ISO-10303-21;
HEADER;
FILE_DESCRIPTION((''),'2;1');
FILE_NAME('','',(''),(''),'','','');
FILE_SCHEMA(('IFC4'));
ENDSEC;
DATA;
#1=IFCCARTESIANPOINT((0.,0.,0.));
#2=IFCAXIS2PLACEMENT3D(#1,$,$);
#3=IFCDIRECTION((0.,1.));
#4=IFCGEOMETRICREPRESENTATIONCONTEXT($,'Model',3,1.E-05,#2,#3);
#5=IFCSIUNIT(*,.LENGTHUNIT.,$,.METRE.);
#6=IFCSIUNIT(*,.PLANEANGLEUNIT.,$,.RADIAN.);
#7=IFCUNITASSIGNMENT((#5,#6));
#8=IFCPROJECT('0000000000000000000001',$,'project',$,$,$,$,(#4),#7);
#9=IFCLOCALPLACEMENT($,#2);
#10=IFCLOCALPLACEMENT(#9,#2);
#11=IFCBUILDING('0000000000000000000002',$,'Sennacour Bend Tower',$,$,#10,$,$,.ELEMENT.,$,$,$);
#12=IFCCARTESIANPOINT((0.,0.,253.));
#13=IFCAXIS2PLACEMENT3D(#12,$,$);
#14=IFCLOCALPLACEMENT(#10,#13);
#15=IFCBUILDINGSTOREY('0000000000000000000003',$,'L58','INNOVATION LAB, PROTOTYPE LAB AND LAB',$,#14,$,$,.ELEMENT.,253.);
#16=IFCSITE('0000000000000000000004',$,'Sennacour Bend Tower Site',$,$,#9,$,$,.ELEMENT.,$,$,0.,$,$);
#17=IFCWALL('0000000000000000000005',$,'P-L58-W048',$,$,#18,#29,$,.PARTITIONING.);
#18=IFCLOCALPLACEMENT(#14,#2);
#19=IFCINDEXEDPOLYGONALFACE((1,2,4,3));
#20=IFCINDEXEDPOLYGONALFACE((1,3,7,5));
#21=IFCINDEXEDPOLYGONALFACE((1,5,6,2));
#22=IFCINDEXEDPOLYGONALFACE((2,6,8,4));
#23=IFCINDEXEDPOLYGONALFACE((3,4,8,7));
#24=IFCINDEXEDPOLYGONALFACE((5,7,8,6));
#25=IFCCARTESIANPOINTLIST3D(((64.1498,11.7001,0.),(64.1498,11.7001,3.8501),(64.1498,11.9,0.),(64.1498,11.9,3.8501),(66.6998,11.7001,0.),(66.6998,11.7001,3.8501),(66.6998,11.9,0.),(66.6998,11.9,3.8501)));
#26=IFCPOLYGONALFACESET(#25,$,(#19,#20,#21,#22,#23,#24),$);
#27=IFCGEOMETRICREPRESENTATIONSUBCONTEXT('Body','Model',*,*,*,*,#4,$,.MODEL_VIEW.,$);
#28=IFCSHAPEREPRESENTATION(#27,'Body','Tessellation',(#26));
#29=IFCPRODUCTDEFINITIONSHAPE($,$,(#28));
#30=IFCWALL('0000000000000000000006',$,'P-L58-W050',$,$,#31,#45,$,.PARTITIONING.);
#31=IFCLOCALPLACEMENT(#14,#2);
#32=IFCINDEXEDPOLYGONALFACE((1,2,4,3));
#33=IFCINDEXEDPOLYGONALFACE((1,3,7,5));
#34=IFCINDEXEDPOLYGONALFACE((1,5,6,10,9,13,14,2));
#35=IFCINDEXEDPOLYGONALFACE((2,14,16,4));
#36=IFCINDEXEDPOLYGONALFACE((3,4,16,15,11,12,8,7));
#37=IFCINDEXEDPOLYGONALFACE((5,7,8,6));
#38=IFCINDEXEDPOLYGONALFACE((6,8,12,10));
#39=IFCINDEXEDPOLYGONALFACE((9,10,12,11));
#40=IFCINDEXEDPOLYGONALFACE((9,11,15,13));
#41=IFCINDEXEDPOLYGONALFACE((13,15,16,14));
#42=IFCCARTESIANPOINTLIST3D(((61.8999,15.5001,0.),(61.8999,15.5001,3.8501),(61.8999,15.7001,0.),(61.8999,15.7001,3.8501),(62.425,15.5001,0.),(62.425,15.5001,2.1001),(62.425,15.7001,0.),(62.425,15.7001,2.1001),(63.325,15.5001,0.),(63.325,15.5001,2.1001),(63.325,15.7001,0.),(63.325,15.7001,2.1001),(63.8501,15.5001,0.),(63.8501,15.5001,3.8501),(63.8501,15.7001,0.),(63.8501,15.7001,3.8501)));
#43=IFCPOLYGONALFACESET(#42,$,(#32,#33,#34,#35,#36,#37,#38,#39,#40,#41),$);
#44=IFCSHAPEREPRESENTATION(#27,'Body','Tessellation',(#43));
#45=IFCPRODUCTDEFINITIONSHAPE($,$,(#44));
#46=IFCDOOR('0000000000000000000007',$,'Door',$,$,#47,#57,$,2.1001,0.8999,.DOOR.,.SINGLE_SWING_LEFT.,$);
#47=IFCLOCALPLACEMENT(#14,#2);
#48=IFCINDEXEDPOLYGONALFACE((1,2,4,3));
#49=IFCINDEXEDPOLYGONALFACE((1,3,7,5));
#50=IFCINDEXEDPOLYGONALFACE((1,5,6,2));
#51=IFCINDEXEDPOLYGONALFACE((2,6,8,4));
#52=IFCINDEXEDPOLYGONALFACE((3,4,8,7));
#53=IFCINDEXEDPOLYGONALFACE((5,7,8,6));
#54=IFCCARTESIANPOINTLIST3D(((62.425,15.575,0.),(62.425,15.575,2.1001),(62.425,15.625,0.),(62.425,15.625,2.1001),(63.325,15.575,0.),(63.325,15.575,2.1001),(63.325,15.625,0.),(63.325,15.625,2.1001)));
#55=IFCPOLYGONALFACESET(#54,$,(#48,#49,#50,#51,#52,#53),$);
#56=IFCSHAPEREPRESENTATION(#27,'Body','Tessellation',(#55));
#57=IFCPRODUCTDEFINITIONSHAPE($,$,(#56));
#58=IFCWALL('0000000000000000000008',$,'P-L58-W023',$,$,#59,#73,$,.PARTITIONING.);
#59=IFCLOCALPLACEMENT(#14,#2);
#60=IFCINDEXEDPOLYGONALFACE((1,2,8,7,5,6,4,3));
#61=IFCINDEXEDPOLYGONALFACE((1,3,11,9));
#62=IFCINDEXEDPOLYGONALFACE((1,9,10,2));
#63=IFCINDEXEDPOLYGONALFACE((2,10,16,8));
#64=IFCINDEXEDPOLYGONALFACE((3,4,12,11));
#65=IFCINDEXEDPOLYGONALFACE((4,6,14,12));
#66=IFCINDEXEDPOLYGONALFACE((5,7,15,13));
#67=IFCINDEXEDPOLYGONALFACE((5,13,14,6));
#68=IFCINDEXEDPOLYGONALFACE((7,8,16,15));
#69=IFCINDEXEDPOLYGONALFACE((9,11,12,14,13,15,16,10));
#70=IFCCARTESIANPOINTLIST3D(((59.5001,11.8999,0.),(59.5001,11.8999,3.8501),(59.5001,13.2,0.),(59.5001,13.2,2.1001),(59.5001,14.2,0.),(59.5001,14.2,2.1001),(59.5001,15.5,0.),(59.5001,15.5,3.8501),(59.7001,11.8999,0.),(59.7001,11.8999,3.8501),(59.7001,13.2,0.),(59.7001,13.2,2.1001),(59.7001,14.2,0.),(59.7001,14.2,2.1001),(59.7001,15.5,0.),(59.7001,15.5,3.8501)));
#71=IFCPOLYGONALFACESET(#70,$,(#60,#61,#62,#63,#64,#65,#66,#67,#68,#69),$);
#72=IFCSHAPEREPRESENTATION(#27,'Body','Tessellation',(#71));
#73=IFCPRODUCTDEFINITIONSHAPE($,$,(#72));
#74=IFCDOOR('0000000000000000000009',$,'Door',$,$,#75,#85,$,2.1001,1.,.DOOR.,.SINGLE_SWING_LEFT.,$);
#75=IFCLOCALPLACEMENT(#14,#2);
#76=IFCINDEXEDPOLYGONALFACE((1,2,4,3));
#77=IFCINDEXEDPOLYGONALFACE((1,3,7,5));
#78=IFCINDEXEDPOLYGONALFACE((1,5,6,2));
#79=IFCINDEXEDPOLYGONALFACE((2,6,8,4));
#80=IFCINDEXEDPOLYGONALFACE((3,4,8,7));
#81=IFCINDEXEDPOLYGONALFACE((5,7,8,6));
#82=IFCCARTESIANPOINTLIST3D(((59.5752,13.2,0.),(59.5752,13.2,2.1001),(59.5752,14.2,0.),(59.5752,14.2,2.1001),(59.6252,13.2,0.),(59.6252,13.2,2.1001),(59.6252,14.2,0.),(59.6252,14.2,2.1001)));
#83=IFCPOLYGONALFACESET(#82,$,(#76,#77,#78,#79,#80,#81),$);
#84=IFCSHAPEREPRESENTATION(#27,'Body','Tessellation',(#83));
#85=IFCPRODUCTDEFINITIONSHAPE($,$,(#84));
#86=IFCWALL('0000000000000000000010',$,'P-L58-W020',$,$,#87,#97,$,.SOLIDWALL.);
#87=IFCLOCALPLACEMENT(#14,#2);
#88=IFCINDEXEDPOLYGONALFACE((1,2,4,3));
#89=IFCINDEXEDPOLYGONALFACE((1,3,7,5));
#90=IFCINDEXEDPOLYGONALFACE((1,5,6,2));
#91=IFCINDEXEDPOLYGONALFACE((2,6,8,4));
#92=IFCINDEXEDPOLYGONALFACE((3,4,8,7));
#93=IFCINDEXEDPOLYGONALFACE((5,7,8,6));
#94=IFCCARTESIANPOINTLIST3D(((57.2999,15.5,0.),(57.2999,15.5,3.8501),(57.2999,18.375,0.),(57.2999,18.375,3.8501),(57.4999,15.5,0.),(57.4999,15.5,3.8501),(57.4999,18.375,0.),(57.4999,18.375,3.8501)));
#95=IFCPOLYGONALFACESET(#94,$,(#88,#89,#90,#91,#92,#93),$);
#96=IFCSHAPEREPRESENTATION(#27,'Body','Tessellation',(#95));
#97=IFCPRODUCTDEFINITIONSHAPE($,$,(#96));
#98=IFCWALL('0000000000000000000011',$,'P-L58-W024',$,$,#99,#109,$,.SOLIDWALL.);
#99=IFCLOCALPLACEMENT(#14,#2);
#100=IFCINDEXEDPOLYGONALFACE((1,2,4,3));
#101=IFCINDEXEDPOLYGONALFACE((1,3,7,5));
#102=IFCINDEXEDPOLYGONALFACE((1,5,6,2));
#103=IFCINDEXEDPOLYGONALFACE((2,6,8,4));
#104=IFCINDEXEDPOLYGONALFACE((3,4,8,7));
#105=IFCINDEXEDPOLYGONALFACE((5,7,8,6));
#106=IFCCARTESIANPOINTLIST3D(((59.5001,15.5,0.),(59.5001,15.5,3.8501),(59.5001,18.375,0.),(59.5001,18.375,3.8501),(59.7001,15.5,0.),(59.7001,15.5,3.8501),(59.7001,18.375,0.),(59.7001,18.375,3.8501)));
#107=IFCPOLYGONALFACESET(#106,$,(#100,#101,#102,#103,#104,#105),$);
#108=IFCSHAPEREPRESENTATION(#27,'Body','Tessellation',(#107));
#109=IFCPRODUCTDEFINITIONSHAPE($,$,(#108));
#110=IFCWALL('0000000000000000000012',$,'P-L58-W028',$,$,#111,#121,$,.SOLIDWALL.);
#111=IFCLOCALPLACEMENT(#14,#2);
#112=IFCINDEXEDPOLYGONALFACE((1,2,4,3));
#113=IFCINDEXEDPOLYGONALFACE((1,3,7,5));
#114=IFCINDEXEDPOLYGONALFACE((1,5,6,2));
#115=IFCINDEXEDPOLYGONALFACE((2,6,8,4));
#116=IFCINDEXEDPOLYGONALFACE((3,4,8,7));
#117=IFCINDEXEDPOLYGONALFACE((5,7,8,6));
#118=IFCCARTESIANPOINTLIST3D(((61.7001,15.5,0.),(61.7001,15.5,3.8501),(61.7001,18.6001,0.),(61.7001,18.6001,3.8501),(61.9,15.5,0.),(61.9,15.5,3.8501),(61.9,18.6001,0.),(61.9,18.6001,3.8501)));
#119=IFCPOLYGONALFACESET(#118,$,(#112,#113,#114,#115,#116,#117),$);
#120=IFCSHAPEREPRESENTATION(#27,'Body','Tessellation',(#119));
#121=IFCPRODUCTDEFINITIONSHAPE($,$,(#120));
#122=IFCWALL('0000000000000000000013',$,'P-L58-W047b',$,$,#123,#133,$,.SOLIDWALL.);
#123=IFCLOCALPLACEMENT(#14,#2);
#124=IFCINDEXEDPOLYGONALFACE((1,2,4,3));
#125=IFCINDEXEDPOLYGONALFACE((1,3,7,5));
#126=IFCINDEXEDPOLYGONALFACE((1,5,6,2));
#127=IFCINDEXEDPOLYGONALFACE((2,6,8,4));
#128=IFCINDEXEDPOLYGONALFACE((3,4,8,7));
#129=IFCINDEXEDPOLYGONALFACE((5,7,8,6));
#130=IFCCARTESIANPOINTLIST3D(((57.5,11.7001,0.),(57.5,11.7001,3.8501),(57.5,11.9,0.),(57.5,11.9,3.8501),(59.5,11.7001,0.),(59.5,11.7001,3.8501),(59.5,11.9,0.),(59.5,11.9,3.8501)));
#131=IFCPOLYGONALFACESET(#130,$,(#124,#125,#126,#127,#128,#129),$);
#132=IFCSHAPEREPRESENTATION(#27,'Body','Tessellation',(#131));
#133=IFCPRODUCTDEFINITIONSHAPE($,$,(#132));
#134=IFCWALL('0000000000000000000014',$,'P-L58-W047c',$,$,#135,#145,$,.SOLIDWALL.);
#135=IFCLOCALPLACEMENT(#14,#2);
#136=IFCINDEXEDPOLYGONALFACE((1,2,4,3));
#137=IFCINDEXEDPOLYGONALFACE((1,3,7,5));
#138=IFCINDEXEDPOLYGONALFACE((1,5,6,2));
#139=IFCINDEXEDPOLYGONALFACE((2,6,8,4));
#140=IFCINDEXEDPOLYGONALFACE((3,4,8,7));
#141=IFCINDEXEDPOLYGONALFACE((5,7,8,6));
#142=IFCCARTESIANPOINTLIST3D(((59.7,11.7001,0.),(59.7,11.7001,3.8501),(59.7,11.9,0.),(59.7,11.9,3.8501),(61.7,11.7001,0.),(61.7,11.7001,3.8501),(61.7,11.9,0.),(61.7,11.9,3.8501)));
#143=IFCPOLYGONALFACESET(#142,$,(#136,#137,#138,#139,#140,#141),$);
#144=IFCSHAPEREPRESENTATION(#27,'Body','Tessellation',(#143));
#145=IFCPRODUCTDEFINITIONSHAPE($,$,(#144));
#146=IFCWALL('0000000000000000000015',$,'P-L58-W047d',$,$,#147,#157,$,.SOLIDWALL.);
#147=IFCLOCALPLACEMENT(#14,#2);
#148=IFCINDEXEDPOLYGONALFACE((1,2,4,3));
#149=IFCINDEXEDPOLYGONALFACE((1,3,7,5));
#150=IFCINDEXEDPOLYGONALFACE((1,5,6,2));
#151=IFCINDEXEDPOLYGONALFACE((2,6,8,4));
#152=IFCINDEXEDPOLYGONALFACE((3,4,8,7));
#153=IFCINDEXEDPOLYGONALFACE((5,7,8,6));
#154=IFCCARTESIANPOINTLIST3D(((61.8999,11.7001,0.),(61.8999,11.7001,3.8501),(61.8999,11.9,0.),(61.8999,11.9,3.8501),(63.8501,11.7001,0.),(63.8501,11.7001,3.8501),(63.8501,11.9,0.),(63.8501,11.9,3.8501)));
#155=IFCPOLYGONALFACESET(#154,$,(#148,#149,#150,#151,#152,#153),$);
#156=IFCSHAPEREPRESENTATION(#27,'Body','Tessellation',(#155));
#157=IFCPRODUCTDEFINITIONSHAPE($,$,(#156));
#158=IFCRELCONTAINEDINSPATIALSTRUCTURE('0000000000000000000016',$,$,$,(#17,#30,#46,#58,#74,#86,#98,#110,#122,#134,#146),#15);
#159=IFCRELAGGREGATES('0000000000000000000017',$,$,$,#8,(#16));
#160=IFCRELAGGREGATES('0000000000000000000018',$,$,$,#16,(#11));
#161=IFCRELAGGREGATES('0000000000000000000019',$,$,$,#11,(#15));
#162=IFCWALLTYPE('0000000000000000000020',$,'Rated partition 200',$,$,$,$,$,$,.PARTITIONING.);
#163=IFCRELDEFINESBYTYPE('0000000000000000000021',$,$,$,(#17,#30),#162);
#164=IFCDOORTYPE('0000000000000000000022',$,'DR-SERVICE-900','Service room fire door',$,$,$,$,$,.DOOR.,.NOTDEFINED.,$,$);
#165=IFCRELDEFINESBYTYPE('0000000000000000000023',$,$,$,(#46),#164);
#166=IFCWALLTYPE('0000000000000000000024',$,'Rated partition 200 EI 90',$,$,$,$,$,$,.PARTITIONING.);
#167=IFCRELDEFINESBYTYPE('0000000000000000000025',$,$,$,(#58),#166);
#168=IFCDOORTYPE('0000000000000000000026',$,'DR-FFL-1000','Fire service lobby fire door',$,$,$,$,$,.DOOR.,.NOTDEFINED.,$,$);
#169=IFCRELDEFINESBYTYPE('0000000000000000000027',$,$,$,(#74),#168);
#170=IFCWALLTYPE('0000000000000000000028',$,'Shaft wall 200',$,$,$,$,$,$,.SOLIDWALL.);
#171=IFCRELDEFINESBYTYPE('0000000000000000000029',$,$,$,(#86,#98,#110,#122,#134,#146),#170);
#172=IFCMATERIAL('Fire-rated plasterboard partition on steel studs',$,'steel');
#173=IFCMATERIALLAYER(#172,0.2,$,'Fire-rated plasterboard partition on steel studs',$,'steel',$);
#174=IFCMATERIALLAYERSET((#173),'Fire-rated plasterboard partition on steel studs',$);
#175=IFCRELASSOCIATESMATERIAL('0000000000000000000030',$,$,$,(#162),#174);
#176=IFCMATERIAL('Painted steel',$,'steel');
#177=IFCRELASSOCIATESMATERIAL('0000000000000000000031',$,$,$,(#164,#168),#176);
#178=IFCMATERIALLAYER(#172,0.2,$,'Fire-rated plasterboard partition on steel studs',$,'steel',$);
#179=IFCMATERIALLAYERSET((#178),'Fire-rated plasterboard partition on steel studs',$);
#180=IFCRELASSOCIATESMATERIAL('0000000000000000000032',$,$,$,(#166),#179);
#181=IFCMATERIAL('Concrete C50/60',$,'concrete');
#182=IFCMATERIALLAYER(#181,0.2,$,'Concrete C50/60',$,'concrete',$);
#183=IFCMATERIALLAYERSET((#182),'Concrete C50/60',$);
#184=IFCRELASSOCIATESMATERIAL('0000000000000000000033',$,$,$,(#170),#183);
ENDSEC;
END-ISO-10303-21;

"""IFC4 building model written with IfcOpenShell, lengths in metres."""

from ifc_helpers import new_model, si_unit, direction, frame, frame_2d, origin, place, context, subcontext, project, spatial, rectangle, extrude, material, layer, layer_set, type_object, element, fill, save


model = new_model("IFC4")

# Units and contexts
model_context = context("Model", 3, precision=1e-05, world=origin(), true_north=direction((0.0, 1.0)))
body_context = subcontext(model_context, "Body", "Model", "MODEL_VIEW")
ifc_project = project(units=[si_unit("LENGTHUNIT", "METRE"), si_unit("PLANEANGLEUNIT", "RADIAN")], contexts=[model_context])

# Site, building, storey
site_placement = place(None, origin())
site = spatial("IfcSite", under=ifc_project, at=site_placement, Name="Sennacour Bend Tower Site", CompositionType="ELEMENT", RefElevation=0.0)
building_placement = place(site_placement, origin())
building = spatial("IfcBuilding", under=site, at=building_placement, Name="Sennacour Bend Tower", CompositionType="ELEMENT")
storey_placement = place(building_placement, frame((0.0, 0.0, 253.0)))
storey = spatial("IfcBuildingStorey", under=building, at=storey_placement, Name="L58", Description="INNOVATION LAB, PROTOTYPE LAB AND LAB", CompositionType="ELEMENT", Elevation=253.0)

# Wall
ifc_material_1 = material(Name="Fire-rated plasterboard partition on steel studs", Category="steel")
ifc_layer_1 = layer(ifc_material_1, 0.2, Name="Fire-rated plasterboard partition on steel studs", Category="steel")
ifc_layer_set_1 = layer_set([ifc_layer_1], Name="Fire-rated plasterboard partition on steel studs")
wall_type_1 = type_object("IfcWallType", Name="Rated partition 200", PredefinedType="PARTITIONING", material=ifc_layer_set_1)
wall_1_placement = place(storey_placement, frame((64.1499, 11.8, 0.0), z_axis=(0.0, 0.0, 1.0), x_axis=(1.0, 0.0, 0.0)))
element("IfcWall", 1, at=wall_1_placement, inside=storey, type_object=wall_type_1, Name="P-L58-W048", PredefinedType="PARTITIONING", context=body_context, shape_type="SweptSolid", body=[
    extrude(rectangle(XDim=2.55, YDim=0.2, at=frame_2d((1.2749, 0.0))), origin(), (0.0, 0.0, 1.0), 3.8501),
])

# Walls, openings, doors
wall_2_placement = place(storey_placement, frame((61.8999, 15.6001, 0.0), z_axis=(0.0, 0.0, 1.0), x_axis=(1.0, 0.0, 0.0)))
wall_2 = element("IfcWall", 2, at=wall_2_placement, inside=storey, type_object=wall_type_1, Name="P-L58-W050", PredefinedType="PARTITIONING", context=body_context, shape_type="SweptSolid", body=[
    extrude(rectangle(XDim=1.9502, YDim=0.2, at=frame_2d((0.9751, 0.0))), origin(), (0.0, 0.0, 1.0), 3.8501),
])
opening_1_placement = place(wall_2_placement, frame((0.5251, 0.0, 0.0)))
opening_1 = element("IfcOpeningElement", 3, at=opening_1_placement, cuts=wall_2, PredefinedType="OPENING", context=body_context, shape_type="SweptSolid", body=[
    extrude(rectangle(XDim=0.8999, YDim=2.1001, at=frame_2d((0.45, 1.05))), frame((0.0, 0.1099, 0.0), z_axis=(0.0, -1.0, 0.0), x_axis=(1.0, 0.0, 0.0)), (0.0, 0.0, 1.0), 0.22),
])
ifc_material_2 = material(Name="Painted steel", Category="steel")
door_type_1 = type_object("IfcDoorType", Name="DR-SERVICE-900", Description="Service room fire door", OperationType="NOTDEFINED", PredefinedType="DOOR", material=ifc_material_2)
door_1_placement = place(opening_1_placement, origin())
door_1 = element("IfcDoor", 4, at=door_1_placement, inside=storey, type_object=door_type_1, Name="Door", OperationType="SINGLE_SWING_LEFT", OverallHeight=2.1001, OverallWidth=0.8999, PredefinedType="DOOR", context=body_context, shape_type="SweptSolid", body=[
    extrude(rectangle(XDim=0.8999, YDim=2.1001, at=frame_2d((0.45, 1.05))), frame((0.0, 0.0249, 0.0), z_axis=(0.0, -1.0, 0.0), x_axis=(1.0, 0.0, 0.0)), (0.0, 0.0, 1.0), 0.05),
])
fill(opening_1, door_1)
ifc_layer_2 = layer(ifc_material_1, 0.2, Name="Fire-rated plasterboard partition on steel studs", Category="steel")
ifc_layer_set_2 = layer_set([ifc_layer_2], Name="Fire-rated plasterboard partition on steel studs")
wall_type_2 = type_object("IfcWallType", Name="Rated partition 200 EI 90", PredefinedType="PARTITIONING", material=ifc_layer_set_2)
wall_3_placement = place(storey_placement, frame((59.6001, 11.8999, 0.0), z_axis=(0.0, 0.0, 1.0), x_axis=(0.0, 1.0, 0.0)))
wall_3 = element("IfcWall", 5, at=wall_3_placement, inside=storey, type_object=wall_type_2, Name="P-L58-W023", PredefinedType="PARTITIONING", context=body_context, shape_type="SweptSolid", body=[
    extrude(rectangle(XDim=3.6001, YDim=0.2, at=frame_2d((1.8, 0.0))), origin(), (0.0, 0.0, 1.0), 3.8501),
])
opening_2_placement = place(wall_3_placement, frame((1.3, 0.0, 0.0)))
opening_2 = element("IfcOpeningElement", 6, at=opening_2_placement, cuts=wall_3, PredefinedType="OPENING", context=body_context, shape_type="SweptSolid", body=[
    extrude(rectangle(XDim=1.0, YDim=2.1001, at=frame_2d((0.5, 1.05))), frame((0.0, 0.1099, 0.0), z_axis=(0.0, -1.0, 0.0), x_axis=(1.0, 0.0, 0.0)), (0.0, 0.0, 1.0), 0.22),
])
door_type_2 = type_object("IfcDoorType", Name="DR-FFL-1000", Description="Fire service lobby fire door", OperationType="NOTDEFINED", PredefinedType="DOOR", material=ifc_material_2)
door_2_placement = place(opening_2_placement, origin())
door_2 = element("IfcDoor", 7, at=door_2_placement, inside=storey, type_object=door_type_2, Name="Door", OperationType="SINGLE_SWING_LEFT", OverallHeight=2.1001, OverallWidth=1.0, PredefinedType="DOOR", context=body_context, shape_type="SweptSolid", body=[
    extrude(rectangle(XDim=1.0, YDim=2.1001, at=frame_2d((0.5, 1.05))), frame((0.0, 0.0249, 0.0), z_axis=(0.0, -1.0, 0.0), x_axis=(1.0, 0.0, 0.0)), (0.0, 0.0, 1.0), 0.05),
])
fill(opening_2, door_2)

# Walls
ifc_material_3 = material(Name="Concrete C50/60", Category="concrete")
ifc_layer_3 = layer(ifc_material_3, 0.2, Name="Concrete C50/60", Category="concrete")
ifc_layer_set_3 = layer_set([ifc_layer_3], Name="Concrete C50/60")
wall_type_3 = type_object("IfcWallType", Name="Shaft wall 200", PredefinedType="SOLIDWALL", material=ifc_layer_set_3)
for number, where, z_axis, x_axis, name in (
    (8, (57.3999, 15.5, 0.0), (0.0, 0.0, 1.0), (0.0, 1.0, 0.0), "P-L58-W020"),
    (9, (59.6001, 15.5, 0.0), (0.0, 0.0, 1.0), (0.0, 1.0, 0.0), "P-L58-W024"),
):
    element("IfcWall", number, at=place(storey_placement, frame(where, z_axis=z_axis, x_axis=x_axis)), inside=storey, type_object=wall_type_3, Name=name, PredefinedType="SOLIDWALL", context=body_context, shape_type="SweptSolid", body=[
        extrude(rectangle(XDim=2.875, YDim=0.2, at=frame_2d((1.4375, 0.0))), origin(), (0.0, 0.0, 1.0), 3.8501),
    ])
wall_4_placement = place(storey_placement, frame((61.8, 15.5, 0.0), z_axis=(0.0, 0.0, 1.0), x_axis=(0.0, 1.0, 0.0)))
element("IfcWall", 10, at=wall_4_placement, inside=storey, type_object=wall_type_3, Name="P-L58-W028", PredefinedType="SOLIDWALL", context=body_context, shape_type="SweptSolid", body=[
    extrude(rectangle(XDim=3.1001, YDim=0.2, at=frame_2d((1.55, 0.0))), origin(), (0.0, 0.0, 1.0), 3.8501),
])
for number, where, z_axis, x_axis, name in (
    (11, (57.5, 11.8, 0.0), (0.0, 0.0, 1.0), (1.0, 0.0, 0.0), "P-L58-W047b"),
    (12, (59.7, 11.8, 0.0), (0.0, 0.0, 1.0), (1.0, 0.0, 0.0), "P-L58-W047c"),
):
    element("IfcWall", number, at=place(storey_placement, frame(where, z_axis=z_axis, x_axis=x_axis)), inside=storey, type_object=wall_type_3, Name=name, PredefinedType="SOLIDWALL", context=body_context, shape_type="SweptSolid", body=[
        extrude(rectangle(XDim=2.0, YDim=0.2, at=frame_2d((1.0, 0.0))), origin(), (0.0, 0.0, 1.0), 3.8501),
    ])
wall_5_placement = place(storey_placement, frame((61.8999, 11.8, 0.0), z_axis=(0.0, 0.0, 1.0), x_axis=(1.0, 0.0, 0.0)))
element("IfcWall", 13, at=wall_5_placement, inside=storey, type_object=wall_type_3, Name="P-L58-W047d", PredefinedType="SOLIDWALL", context=body_context, shape_type="SweptSolid", body=[
    extrude(rectangle(XDim=1.9502, YDim=0.2, at=frame_2d((0.9751, 0.0))), origin(), (0.0, 0.0, 1.0), 3.8501),
])

save(model, "model.ifc")
